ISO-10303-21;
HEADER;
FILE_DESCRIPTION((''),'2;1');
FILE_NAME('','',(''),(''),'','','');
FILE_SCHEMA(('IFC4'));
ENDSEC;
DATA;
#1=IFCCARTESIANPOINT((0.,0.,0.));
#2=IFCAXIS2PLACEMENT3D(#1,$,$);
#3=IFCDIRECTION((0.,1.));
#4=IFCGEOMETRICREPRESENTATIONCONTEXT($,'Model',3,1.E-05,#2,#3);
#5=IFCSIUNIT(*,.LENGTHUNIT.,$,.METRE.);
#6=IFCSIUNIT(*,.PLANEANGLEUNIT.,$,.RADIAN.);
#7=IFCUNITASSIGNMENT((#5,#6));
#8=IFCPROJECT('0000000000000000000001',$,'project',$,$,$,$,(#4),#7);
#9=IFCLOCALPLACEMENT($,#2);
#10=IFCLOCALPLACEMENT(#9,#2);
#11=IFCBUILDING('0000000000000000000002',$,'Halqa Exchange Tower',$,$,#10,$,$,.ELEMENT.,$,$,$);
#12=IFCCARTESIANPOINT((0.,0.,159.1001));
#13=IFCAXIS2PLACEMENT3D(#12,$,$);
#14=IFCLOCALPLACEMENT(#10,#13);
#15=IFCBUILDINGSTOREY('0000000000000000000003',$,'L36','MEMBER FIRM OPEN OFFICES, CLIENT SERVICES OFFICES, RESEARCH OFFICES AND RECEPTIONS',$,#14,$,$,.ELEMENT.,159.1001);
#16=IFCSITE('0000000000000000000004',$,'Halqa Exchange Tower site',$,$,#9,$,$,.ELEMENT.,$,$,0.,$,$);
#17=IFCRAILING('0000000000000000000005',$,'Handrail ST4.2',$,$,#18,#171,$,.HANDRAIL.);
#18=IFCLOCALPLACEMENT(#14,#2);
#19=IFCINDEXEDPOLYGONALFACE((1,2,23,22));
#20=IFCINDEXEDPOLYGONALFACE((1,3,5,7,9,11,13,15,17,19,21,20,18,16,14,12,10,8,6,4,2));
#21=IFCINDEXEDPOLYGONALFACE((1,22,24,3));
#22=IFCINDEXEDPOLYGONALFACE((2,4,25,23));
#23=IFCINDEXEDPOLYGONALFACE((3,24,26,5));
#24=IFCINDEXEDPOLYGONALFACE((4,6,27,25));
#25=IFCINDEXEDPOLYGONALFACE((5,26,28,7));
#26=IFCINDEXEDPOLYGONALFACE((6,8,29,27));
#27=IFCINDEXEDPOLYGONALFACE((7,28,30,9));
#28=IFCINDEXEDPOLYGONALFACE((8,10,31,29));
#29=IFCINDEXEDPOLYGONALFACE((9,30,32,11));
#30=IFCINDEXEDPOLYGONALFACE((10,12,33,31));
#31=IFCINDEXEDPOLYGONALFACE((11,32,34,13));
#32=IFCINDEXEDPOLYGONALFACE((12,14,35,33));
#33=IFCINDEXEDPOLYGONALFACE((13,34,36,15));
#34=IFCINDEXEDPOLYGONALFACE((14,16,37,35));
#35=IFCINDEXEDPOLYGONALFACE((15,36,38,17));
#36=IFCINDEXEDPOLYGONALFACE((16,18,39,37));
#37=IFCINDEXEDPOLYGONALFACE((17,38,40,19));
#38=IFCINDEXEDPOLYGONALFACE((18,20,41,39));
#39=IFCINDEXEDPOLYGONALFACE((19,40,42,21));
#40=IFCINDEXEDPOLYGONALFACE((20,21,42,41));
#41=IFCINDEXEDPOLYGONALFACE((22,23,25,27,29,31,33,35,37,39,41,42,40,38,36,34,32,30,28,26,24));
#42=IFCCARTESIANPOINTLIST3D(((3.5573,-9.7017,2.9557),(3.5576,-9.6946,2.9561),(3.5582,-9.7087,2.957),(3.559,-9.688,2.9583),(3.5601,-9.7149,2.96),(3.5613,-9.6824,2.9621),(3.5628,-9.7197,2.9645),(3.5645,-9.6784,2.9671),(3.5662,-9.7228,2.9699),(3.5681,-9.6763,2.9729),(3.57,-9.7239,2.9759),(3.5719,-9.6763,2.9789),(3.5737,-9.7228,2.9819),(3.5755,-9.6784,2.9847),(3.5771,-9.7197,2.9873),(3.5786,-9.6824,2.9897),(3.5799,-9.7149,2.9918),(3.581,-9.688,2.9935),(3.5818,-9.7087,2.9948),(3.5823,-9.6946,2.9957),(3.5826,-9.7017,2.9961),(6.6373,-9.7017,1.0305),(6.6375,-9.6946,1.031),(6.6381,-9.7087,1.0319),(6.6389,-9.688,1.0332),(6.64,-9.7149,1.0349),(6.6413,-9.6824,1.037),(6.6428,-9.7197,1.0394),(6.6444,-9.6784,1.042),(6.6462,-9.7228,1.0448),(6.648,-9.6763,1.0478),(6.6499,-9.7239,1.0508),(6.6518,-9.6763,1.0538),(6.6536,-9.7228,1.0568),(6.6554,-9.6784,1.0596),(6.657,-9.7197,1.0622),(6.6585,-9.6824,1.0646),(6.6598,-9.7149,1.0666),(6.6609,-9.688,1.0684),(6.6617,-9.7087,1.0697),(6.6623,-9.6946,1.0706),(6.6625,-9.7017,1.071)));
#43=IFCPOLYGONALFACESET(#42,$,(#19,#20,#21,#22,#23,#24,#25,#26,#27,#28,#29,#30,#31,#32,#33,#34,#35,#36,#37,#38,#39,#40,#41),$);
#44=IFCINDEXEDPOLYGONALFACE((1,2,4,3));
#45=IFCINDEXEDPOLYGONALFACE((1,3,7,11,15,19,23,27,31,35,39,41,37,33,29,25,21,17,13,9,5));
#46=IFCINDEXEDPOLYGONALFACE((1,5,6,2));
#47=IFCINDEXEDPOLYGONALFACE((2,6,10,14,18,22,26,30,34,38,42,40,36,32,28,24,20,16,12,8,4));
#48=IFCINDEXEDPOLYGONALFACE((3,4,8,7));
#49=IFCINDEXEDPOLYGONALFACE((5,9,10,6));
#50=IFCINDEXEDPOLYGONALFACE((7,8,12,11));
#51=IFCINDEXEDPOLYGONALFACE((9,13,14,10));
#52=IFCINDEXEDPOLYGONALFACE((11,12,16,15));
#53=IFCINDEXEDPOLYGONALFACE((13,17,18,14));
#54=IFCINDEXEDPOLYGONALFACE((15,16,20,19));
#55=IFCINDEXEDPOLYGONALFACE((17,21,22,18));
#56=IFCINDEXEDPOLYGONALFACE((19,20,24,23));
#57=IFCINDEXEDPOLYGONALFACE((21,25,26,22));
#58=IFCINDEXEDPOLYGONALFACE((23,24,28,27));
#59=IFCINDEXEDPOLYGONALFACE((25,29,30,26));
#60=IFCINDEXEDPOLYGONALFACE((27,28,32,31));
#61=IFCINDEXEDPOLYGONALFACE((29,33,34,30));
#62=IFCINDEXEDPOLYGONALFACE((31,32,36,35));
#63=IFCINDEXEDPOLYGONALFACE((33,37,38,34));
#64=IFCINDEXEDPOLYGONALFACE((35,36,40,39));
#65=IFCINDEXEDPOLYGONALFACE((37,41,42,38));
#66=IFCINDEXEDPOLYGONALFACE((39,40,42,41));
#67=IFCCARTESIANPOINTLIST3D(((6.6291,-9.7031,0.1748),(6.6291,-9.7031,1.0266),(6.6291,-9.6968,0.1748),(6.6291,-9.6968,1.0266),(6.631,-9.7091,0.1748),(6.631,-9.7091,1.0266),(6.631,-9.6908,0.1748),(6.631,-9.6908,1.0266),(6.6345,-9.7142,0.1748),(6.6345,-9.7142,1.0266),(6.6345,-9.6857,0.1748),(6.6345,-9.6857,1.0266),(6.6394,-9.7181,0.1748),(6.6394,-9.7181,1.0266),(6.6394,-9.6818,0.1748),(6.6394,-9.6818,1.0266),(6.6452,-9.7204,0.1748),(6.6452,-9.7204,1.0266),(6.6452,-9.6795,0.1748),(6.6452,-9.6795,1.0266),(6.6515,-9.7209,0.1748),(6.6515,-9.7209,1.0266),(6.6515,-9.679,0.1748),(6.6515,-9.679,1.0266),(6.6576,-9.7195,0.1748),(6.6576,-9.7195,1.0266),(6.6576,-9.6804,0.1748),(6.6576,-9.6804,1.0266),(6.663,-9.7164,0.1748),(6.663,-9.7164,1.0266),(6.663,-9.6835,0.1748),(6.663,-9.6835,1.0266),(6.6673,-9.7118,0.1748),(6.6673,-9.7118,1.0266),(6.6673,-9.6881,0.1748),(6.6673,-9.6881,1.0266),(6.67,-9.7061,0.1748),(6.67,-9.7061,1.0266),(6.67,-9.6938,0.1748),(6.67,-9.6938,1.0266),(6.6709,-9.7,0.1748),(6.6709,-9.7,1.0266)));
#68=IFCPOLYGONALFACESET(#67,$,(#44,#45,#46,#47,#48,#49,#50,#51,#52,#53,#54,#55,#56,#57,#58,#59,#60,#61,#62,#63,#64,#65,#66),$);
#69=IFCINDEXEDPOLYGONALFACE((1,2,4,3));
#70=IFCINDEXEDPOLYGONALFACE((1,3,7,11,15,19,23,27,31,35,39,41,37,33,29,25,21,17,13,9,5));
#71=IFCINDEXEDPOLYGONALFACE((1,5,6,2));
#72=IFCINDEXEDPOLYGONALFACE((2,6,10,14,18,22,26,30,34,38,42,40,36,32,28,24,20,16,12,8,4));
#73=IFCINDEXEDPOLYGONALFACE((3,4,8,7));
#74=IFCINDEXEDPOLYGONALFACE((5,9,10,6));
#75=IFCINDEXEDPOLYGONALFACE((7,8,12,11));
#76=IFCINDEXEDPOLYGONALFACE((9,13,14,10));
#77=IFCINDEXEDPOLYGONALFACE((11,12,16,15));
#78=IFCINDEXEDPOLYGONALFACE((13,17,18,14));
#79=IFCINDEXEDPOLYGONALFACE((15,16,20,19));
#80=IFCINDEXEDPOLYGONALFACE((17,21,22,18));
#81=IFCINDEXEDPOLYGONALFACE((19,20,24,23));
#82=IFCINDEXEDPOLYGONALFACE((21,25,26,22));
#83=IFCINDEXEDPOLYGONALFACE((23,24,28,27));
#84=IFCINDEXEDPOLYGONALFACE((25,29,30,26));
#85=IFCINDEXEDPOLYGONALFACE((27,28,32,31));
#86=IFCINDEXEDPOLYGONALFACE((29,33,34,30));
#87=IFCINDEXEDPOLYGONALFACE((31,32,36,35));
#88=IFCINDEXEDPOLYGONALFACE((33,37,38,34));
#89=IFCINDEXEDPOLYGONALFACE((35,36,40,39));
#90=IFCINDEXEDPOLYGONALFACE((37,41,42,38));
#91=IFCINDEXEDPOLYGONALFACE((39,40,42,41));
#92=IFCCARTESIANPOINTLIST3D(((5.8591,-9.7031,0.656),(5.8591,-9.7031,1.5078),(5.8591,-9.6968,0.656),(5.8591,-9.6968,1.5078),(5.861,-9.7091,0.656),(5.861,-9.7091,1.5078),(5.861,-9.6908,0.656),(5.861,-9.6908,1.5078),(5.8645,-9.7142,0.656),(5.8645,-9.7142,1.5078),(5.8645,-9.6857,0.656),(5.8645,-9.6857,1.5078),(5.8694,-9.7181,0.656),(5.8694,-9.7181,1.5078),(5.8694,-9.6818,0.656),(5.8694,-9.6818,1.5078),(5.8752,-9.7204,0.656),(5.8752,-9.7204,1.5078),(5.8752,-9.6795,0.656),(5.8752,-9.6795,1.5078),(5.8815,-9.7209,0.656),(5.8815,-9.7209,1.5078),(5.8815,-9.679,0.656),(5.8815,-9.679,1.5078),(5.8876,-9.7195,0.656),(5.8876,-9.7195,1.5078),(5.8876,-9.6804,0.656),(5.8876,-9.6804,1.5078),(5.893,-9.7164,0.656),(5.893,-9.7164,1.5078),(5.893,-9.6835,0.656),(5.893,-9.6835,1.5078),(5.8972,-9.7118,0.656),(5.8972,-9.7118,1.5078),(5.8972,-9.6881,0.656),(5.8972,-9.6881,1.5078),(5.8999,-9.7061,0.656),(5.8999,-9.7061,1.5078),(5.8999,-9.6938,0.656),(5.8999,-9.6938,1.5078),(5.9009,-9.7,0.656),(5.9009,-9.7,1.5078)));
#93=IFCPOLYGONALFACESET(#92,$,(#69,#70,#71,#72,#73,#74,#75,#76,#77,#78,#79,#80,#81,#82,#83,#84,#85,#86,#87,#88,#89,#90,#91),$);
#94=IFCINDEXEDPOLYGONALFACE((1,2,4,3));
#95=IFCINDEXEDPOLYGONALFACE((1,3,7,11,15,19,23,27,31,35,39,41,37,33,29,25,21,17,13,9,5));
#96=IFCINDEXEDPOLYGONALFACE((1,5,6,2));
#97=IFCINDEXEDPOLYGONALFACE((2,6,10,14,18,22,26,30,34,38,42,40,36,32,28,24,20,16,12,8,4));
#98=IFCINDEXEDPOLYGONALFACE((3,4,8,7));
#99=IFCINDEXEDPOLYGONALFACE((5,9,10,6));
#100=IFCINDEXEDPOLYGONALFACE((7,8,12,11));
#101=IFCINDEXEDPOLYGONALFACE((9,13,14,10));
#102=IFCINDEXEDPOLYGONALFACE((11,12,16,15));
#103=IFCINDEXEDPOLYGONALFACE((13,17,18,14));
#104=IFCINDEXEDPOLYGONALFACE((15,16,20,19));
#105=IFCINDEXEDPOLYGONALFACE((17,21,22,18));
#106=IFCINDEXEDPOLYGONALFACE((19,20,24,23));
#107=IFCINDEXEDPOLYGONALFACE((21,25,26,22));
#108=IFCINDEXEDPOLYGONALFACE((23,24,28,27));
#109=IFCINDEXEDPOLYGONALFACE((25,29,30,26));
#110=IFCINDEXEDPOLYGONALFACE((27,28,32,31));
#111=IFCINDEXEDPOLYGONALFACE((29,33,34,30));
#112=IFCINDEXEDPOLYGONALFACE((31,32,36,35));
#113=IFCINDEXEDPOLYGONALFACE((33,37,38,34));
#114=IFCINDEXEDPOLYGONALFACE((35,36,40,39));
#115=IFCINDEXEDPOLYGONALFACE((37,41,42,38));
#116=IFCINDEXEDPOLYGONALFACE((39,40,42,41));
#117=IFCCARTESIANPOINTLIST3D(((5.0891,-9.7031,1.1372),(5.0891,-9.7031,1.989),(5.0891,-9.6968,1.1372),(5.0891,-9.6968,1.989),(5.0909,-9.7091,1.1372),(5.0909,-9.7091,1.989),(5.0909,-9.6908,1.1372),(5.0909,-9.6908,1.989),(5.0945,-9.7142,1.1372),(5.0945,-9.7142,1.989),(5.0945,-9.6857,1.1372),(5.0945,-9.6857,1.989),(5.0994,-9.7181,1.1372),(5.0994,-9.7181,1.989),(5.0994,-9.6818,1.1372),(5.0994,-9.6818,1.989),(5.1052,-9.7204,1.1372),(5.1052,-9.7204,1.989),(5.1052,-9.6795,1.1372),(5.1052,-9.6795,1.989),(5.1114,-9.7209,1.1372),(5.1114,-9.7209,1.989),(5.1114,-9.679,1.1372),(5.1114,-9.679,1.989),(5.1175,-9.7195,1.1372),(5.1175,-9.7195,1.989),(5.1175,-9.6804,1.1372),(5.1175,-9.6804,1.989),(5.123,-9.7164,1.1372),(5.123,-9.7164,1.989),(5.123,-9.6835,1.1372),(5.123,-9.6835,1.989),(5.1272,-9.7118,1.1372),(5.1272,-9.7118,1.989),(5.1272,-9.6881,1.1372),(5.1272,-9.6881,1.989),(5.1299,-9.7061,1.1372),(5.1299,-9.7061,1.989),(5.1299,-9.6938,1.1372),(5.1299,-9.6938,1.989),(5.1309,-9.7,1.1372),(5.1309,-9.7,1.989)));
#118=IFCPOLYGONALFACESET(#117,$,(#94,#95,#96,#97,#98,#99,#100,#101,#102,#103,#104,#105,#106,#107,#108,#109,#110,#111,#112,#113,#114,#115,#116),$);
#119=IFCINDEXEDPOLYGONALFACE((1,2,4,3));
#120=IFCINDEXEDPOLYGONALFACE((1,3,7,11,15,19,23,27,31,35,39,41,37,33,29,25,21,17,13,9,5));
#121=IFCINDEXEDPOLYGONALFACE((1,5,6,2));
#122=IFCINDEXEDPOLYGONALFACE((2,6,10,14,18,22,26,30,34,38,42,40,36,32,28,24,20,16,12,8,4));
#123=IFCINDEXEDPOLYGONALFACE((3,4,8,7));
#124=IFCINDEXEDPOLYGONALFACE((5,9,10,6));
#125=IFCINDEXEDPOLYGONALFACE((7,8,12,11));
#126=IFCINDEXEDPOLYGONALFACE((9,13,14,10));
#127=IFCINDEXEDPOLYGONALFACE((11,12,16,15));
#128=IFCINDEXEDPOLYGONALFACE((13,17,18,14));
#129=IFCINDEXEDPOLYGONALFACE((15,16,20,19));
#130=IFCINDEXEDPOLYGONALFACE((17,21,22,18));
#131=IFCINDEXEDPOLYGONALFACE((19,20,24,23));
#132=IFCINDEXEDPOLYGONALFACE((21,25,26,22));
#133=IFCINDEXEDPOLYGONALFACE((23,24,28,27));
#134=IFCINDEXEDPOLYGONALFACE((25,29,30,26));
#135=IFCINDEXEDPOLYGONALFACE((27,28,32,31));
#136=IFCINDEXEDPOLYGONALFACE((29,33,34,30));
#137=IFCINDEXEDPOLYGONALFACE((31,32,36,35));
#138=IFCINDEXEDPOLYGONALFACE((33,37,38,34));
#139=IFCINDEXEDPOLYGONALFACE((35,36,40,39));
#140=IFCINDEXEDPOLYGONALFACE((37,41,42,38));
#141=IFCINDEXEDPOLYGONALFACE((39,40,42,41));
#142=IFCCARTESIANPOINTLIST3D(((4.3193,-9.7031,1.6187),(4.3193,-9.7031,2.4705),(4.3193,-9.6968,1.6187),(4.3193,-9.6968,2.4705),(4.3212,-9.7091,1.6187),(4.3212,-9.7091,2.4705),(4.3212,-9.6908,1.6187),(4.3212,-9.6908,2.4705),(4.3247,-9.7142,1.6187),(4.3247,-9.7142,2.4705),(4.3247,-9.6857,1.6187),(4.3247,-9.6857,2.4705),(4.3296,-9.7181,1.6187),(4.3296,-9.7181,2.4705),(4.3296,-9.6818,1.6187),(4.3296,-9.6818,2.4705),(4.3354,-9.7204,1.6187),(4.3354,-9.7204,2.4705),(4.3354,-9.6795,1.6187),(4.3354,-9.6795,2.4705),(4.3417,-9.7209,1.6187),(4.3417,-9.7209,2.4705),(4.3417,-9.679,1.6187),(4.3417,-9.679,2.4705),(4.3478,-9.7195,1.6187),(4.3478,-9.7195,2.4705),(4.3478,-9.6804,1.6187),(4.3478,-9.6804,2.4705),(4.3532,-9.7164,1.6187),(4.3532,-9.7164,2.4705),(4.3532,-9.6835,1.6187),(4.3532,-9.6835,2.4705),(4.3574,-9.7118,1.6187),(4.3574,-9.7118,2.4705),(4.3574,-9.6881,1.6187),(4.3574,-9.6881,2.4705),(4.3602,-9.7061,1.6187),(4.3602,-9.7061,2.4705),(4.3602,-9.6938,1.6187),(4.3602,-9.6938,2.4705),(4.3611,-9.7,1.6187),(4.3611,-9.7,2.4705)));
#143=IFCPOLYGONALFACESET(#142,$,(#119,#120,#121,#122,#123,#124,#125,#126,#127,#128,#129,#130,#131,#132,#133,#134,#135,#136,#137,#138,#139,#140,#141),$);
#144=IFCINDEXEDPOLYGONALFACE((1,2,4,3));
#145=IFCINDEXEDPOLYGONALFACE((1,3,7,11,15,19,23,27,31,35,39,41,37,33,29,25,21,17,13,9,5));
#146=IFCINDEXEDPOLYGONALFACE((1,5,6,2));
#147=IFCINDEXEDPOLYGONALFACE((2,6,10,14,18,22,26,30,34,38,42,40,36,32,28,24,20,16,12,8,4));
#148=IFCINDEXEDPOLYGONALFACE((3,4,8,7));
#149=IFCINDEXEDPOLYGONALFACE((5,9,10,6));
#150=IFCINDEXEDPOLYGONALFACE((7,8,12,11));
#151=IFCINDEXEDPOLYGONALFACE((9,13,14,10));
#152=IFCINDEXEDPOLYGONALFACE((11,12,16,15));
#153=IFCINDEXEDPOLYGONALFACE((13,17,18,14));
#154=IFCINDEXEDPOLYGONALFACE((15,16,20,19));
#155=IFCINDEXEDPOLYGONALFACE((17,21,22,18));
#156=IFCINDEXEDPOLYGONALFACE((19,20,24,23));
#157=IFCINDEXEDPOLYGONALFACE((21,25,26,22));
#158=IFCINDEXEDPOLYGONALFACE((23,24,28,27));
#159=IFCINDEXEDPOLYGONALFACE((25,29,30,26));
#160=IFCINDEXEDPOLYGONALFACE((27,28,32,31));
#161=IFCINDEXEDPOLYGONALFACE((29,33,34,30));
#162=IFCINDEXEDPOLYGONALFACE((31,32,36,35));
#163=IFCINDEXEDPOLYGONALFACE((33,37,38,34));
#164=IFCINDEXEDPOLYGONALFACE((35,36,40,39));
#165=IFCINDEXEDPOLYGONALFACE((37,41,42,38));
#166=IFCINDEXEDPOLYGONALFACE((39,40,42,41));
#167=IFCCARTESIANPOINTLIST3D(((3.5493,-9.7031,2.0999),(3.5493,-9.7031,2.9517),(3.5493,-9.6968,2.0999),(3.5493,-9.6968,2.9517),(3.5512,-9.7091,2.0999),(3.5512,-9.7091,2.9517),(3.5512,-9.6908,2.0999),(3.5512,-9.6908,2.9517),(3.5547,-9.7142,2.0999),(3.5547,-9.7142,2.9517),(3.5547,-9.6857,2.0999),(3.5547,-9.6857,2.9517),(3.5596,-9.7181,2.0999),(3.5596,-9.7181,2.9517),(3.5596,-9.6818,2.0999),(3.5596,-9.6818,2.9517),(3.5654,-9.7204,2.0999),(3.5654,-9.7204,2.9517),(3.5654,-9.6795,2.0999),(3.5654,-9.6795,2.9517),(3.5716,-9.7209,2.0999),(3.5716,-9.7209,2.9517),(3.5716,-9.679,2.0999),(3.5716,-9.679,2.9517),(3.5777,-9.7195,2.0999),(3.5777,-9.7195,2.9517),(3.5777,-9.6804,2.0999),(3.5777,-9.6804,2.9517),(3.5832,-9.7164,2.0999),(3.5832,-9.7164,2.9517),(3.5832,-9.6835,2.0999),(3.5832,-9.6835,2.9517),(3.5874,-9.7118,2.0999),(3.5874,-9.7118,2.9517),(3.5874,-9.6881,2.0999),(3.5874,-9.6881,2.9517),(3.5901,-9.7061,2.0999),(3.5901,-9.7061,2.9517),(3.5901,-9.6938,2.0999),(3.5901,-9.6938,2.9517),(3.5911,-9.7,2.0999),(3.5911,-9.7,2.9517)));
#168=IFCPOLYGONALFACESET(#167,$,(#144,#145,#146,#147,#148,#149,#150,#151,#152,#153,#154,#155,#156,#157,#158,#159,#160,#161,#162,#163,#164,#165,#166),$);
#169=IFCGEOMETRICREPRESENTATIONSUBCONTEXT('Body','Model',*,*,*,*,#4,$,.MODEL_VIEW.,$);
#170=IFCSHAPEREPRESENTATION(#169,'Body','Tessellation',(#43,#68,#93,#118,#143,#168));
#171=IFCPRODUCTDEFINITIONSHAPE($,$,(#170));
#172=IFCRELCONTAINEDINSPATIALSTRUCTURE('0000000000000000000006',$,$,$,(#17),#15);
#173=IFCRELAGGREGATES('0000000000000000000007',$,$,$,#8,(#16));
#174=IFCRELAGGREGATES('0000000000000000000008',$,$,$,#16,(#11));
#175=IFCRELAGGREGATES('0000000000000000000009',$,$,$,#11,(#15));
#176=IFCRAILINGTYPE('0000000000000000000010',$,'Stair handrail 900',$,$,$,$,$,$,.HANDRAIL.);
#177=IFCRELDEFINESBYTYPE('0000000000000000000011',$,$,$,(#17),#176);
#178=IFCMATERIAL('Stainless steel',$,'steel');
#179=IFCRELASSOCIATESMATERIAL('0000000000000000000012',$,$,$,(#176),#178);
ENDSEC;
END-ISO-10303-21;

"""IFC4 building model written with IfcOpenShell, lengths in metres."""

from ifc_helpers import new_model, si_unit, direction, frame, origin, origin_2d, place, context, subcontext, project, spatial, circle, extrude, material, type_object, element, save


model = new_model("IFC4")

# Units and contexts
model_context = context("Model", 3, precision=1e-05, world=origin(), true_north=direction((0.0, 1.0)))
body_context = subcontext(model_context, "Body", "Model", "MODEL_VIEW")
ifc_project = project(units=[si_unit("LENGTHUNIT", "METRE"), si_unit("PLANEANGLEUNIT", "RADIAN")], contexts=[model_context])

# Site, building, storey
site_placement = place(None, origin())
site = spatial("IfcSite", under=ifc_project, at=site_placement, Name="Halqa Exchange Tower site", CompositionType="ELEMENT", RefElevation=0.0)
building_placement = place(site_placement, origin())
building = spatial("IfcBuilding", under=site, at=building_placement, Name="Halqa Exchange Tower", CompositionType="ELEMENT")
storey_placement = place(building_placement, frame((0.0, 0.0, 159.1001)))
storey = spatial("IfcBuildingStorey", under=building, at=storey_placement, Name="L36", Description="MEMBER FIRM OPEN OFFICES, CLIENT SERVICES OFFICES, RESEARCH OFFICES AND RECEPTIONS", CompositionType="ELEMENT", Elevation=159.1001)

# Railing
ifc_material_1 = material(Name="Stainless steel", Category="steel")
railing_type_1 = type_object("IfcRailingType", Name="Stair handrail 900", PredefinedType="HANDRAIL", material=ifc_material_1)
railing_1_placement = place(storey_placement, frame((6.6499, -9.7, 0.1748)))
element("IfcRailing", 1, at=railing_1_placement, inside=storey, type_object=railing_type_1, Name="Handrail ST4.2", PredefinedType="HANDRAIL", context=body_context, shape_type="SweptSolid", body=[
    extrude(circle(Radius=0.0239, at=origin_2d()), frame((0.0, 0.0, 0.876), z_axis=(-0.847979, 0.0, 0.530029), x_axis=(0.0, -1.0, 0.0)), (0.0, 0.0, 1.0), 3.6321),
    extrude(circle(Radius=0.021, at=origin_2d()), origin(), (0.0, 0.0, 1.0), 0.8518),
    extrude(circle(Radius=0.021, at=origin_2d()), frame((-0.77, 0.0, 0.4812)), (0.0, 0.0, 1.0), 0.8518),
    extrude(circle(Radius=0.021, at=origin_2d()), frame((-1.54, 0.0, 0.9624)), (0.0, 0.0, 1.0), 0.8518),
    extrude(circle(Radius=0.021, at=origin_2d()), frame((-2.3098, 0.0, 1.4438)), (0.0, 0.0, 1.0), 0.8518),
    extrude(circle(Radius=0.021, at=origin_2d()), frame((-3.0798, 0.0, 1.925)), (0.0, 0.0, 1.0), 0.8518),
])

save(model, "model.ifc")
